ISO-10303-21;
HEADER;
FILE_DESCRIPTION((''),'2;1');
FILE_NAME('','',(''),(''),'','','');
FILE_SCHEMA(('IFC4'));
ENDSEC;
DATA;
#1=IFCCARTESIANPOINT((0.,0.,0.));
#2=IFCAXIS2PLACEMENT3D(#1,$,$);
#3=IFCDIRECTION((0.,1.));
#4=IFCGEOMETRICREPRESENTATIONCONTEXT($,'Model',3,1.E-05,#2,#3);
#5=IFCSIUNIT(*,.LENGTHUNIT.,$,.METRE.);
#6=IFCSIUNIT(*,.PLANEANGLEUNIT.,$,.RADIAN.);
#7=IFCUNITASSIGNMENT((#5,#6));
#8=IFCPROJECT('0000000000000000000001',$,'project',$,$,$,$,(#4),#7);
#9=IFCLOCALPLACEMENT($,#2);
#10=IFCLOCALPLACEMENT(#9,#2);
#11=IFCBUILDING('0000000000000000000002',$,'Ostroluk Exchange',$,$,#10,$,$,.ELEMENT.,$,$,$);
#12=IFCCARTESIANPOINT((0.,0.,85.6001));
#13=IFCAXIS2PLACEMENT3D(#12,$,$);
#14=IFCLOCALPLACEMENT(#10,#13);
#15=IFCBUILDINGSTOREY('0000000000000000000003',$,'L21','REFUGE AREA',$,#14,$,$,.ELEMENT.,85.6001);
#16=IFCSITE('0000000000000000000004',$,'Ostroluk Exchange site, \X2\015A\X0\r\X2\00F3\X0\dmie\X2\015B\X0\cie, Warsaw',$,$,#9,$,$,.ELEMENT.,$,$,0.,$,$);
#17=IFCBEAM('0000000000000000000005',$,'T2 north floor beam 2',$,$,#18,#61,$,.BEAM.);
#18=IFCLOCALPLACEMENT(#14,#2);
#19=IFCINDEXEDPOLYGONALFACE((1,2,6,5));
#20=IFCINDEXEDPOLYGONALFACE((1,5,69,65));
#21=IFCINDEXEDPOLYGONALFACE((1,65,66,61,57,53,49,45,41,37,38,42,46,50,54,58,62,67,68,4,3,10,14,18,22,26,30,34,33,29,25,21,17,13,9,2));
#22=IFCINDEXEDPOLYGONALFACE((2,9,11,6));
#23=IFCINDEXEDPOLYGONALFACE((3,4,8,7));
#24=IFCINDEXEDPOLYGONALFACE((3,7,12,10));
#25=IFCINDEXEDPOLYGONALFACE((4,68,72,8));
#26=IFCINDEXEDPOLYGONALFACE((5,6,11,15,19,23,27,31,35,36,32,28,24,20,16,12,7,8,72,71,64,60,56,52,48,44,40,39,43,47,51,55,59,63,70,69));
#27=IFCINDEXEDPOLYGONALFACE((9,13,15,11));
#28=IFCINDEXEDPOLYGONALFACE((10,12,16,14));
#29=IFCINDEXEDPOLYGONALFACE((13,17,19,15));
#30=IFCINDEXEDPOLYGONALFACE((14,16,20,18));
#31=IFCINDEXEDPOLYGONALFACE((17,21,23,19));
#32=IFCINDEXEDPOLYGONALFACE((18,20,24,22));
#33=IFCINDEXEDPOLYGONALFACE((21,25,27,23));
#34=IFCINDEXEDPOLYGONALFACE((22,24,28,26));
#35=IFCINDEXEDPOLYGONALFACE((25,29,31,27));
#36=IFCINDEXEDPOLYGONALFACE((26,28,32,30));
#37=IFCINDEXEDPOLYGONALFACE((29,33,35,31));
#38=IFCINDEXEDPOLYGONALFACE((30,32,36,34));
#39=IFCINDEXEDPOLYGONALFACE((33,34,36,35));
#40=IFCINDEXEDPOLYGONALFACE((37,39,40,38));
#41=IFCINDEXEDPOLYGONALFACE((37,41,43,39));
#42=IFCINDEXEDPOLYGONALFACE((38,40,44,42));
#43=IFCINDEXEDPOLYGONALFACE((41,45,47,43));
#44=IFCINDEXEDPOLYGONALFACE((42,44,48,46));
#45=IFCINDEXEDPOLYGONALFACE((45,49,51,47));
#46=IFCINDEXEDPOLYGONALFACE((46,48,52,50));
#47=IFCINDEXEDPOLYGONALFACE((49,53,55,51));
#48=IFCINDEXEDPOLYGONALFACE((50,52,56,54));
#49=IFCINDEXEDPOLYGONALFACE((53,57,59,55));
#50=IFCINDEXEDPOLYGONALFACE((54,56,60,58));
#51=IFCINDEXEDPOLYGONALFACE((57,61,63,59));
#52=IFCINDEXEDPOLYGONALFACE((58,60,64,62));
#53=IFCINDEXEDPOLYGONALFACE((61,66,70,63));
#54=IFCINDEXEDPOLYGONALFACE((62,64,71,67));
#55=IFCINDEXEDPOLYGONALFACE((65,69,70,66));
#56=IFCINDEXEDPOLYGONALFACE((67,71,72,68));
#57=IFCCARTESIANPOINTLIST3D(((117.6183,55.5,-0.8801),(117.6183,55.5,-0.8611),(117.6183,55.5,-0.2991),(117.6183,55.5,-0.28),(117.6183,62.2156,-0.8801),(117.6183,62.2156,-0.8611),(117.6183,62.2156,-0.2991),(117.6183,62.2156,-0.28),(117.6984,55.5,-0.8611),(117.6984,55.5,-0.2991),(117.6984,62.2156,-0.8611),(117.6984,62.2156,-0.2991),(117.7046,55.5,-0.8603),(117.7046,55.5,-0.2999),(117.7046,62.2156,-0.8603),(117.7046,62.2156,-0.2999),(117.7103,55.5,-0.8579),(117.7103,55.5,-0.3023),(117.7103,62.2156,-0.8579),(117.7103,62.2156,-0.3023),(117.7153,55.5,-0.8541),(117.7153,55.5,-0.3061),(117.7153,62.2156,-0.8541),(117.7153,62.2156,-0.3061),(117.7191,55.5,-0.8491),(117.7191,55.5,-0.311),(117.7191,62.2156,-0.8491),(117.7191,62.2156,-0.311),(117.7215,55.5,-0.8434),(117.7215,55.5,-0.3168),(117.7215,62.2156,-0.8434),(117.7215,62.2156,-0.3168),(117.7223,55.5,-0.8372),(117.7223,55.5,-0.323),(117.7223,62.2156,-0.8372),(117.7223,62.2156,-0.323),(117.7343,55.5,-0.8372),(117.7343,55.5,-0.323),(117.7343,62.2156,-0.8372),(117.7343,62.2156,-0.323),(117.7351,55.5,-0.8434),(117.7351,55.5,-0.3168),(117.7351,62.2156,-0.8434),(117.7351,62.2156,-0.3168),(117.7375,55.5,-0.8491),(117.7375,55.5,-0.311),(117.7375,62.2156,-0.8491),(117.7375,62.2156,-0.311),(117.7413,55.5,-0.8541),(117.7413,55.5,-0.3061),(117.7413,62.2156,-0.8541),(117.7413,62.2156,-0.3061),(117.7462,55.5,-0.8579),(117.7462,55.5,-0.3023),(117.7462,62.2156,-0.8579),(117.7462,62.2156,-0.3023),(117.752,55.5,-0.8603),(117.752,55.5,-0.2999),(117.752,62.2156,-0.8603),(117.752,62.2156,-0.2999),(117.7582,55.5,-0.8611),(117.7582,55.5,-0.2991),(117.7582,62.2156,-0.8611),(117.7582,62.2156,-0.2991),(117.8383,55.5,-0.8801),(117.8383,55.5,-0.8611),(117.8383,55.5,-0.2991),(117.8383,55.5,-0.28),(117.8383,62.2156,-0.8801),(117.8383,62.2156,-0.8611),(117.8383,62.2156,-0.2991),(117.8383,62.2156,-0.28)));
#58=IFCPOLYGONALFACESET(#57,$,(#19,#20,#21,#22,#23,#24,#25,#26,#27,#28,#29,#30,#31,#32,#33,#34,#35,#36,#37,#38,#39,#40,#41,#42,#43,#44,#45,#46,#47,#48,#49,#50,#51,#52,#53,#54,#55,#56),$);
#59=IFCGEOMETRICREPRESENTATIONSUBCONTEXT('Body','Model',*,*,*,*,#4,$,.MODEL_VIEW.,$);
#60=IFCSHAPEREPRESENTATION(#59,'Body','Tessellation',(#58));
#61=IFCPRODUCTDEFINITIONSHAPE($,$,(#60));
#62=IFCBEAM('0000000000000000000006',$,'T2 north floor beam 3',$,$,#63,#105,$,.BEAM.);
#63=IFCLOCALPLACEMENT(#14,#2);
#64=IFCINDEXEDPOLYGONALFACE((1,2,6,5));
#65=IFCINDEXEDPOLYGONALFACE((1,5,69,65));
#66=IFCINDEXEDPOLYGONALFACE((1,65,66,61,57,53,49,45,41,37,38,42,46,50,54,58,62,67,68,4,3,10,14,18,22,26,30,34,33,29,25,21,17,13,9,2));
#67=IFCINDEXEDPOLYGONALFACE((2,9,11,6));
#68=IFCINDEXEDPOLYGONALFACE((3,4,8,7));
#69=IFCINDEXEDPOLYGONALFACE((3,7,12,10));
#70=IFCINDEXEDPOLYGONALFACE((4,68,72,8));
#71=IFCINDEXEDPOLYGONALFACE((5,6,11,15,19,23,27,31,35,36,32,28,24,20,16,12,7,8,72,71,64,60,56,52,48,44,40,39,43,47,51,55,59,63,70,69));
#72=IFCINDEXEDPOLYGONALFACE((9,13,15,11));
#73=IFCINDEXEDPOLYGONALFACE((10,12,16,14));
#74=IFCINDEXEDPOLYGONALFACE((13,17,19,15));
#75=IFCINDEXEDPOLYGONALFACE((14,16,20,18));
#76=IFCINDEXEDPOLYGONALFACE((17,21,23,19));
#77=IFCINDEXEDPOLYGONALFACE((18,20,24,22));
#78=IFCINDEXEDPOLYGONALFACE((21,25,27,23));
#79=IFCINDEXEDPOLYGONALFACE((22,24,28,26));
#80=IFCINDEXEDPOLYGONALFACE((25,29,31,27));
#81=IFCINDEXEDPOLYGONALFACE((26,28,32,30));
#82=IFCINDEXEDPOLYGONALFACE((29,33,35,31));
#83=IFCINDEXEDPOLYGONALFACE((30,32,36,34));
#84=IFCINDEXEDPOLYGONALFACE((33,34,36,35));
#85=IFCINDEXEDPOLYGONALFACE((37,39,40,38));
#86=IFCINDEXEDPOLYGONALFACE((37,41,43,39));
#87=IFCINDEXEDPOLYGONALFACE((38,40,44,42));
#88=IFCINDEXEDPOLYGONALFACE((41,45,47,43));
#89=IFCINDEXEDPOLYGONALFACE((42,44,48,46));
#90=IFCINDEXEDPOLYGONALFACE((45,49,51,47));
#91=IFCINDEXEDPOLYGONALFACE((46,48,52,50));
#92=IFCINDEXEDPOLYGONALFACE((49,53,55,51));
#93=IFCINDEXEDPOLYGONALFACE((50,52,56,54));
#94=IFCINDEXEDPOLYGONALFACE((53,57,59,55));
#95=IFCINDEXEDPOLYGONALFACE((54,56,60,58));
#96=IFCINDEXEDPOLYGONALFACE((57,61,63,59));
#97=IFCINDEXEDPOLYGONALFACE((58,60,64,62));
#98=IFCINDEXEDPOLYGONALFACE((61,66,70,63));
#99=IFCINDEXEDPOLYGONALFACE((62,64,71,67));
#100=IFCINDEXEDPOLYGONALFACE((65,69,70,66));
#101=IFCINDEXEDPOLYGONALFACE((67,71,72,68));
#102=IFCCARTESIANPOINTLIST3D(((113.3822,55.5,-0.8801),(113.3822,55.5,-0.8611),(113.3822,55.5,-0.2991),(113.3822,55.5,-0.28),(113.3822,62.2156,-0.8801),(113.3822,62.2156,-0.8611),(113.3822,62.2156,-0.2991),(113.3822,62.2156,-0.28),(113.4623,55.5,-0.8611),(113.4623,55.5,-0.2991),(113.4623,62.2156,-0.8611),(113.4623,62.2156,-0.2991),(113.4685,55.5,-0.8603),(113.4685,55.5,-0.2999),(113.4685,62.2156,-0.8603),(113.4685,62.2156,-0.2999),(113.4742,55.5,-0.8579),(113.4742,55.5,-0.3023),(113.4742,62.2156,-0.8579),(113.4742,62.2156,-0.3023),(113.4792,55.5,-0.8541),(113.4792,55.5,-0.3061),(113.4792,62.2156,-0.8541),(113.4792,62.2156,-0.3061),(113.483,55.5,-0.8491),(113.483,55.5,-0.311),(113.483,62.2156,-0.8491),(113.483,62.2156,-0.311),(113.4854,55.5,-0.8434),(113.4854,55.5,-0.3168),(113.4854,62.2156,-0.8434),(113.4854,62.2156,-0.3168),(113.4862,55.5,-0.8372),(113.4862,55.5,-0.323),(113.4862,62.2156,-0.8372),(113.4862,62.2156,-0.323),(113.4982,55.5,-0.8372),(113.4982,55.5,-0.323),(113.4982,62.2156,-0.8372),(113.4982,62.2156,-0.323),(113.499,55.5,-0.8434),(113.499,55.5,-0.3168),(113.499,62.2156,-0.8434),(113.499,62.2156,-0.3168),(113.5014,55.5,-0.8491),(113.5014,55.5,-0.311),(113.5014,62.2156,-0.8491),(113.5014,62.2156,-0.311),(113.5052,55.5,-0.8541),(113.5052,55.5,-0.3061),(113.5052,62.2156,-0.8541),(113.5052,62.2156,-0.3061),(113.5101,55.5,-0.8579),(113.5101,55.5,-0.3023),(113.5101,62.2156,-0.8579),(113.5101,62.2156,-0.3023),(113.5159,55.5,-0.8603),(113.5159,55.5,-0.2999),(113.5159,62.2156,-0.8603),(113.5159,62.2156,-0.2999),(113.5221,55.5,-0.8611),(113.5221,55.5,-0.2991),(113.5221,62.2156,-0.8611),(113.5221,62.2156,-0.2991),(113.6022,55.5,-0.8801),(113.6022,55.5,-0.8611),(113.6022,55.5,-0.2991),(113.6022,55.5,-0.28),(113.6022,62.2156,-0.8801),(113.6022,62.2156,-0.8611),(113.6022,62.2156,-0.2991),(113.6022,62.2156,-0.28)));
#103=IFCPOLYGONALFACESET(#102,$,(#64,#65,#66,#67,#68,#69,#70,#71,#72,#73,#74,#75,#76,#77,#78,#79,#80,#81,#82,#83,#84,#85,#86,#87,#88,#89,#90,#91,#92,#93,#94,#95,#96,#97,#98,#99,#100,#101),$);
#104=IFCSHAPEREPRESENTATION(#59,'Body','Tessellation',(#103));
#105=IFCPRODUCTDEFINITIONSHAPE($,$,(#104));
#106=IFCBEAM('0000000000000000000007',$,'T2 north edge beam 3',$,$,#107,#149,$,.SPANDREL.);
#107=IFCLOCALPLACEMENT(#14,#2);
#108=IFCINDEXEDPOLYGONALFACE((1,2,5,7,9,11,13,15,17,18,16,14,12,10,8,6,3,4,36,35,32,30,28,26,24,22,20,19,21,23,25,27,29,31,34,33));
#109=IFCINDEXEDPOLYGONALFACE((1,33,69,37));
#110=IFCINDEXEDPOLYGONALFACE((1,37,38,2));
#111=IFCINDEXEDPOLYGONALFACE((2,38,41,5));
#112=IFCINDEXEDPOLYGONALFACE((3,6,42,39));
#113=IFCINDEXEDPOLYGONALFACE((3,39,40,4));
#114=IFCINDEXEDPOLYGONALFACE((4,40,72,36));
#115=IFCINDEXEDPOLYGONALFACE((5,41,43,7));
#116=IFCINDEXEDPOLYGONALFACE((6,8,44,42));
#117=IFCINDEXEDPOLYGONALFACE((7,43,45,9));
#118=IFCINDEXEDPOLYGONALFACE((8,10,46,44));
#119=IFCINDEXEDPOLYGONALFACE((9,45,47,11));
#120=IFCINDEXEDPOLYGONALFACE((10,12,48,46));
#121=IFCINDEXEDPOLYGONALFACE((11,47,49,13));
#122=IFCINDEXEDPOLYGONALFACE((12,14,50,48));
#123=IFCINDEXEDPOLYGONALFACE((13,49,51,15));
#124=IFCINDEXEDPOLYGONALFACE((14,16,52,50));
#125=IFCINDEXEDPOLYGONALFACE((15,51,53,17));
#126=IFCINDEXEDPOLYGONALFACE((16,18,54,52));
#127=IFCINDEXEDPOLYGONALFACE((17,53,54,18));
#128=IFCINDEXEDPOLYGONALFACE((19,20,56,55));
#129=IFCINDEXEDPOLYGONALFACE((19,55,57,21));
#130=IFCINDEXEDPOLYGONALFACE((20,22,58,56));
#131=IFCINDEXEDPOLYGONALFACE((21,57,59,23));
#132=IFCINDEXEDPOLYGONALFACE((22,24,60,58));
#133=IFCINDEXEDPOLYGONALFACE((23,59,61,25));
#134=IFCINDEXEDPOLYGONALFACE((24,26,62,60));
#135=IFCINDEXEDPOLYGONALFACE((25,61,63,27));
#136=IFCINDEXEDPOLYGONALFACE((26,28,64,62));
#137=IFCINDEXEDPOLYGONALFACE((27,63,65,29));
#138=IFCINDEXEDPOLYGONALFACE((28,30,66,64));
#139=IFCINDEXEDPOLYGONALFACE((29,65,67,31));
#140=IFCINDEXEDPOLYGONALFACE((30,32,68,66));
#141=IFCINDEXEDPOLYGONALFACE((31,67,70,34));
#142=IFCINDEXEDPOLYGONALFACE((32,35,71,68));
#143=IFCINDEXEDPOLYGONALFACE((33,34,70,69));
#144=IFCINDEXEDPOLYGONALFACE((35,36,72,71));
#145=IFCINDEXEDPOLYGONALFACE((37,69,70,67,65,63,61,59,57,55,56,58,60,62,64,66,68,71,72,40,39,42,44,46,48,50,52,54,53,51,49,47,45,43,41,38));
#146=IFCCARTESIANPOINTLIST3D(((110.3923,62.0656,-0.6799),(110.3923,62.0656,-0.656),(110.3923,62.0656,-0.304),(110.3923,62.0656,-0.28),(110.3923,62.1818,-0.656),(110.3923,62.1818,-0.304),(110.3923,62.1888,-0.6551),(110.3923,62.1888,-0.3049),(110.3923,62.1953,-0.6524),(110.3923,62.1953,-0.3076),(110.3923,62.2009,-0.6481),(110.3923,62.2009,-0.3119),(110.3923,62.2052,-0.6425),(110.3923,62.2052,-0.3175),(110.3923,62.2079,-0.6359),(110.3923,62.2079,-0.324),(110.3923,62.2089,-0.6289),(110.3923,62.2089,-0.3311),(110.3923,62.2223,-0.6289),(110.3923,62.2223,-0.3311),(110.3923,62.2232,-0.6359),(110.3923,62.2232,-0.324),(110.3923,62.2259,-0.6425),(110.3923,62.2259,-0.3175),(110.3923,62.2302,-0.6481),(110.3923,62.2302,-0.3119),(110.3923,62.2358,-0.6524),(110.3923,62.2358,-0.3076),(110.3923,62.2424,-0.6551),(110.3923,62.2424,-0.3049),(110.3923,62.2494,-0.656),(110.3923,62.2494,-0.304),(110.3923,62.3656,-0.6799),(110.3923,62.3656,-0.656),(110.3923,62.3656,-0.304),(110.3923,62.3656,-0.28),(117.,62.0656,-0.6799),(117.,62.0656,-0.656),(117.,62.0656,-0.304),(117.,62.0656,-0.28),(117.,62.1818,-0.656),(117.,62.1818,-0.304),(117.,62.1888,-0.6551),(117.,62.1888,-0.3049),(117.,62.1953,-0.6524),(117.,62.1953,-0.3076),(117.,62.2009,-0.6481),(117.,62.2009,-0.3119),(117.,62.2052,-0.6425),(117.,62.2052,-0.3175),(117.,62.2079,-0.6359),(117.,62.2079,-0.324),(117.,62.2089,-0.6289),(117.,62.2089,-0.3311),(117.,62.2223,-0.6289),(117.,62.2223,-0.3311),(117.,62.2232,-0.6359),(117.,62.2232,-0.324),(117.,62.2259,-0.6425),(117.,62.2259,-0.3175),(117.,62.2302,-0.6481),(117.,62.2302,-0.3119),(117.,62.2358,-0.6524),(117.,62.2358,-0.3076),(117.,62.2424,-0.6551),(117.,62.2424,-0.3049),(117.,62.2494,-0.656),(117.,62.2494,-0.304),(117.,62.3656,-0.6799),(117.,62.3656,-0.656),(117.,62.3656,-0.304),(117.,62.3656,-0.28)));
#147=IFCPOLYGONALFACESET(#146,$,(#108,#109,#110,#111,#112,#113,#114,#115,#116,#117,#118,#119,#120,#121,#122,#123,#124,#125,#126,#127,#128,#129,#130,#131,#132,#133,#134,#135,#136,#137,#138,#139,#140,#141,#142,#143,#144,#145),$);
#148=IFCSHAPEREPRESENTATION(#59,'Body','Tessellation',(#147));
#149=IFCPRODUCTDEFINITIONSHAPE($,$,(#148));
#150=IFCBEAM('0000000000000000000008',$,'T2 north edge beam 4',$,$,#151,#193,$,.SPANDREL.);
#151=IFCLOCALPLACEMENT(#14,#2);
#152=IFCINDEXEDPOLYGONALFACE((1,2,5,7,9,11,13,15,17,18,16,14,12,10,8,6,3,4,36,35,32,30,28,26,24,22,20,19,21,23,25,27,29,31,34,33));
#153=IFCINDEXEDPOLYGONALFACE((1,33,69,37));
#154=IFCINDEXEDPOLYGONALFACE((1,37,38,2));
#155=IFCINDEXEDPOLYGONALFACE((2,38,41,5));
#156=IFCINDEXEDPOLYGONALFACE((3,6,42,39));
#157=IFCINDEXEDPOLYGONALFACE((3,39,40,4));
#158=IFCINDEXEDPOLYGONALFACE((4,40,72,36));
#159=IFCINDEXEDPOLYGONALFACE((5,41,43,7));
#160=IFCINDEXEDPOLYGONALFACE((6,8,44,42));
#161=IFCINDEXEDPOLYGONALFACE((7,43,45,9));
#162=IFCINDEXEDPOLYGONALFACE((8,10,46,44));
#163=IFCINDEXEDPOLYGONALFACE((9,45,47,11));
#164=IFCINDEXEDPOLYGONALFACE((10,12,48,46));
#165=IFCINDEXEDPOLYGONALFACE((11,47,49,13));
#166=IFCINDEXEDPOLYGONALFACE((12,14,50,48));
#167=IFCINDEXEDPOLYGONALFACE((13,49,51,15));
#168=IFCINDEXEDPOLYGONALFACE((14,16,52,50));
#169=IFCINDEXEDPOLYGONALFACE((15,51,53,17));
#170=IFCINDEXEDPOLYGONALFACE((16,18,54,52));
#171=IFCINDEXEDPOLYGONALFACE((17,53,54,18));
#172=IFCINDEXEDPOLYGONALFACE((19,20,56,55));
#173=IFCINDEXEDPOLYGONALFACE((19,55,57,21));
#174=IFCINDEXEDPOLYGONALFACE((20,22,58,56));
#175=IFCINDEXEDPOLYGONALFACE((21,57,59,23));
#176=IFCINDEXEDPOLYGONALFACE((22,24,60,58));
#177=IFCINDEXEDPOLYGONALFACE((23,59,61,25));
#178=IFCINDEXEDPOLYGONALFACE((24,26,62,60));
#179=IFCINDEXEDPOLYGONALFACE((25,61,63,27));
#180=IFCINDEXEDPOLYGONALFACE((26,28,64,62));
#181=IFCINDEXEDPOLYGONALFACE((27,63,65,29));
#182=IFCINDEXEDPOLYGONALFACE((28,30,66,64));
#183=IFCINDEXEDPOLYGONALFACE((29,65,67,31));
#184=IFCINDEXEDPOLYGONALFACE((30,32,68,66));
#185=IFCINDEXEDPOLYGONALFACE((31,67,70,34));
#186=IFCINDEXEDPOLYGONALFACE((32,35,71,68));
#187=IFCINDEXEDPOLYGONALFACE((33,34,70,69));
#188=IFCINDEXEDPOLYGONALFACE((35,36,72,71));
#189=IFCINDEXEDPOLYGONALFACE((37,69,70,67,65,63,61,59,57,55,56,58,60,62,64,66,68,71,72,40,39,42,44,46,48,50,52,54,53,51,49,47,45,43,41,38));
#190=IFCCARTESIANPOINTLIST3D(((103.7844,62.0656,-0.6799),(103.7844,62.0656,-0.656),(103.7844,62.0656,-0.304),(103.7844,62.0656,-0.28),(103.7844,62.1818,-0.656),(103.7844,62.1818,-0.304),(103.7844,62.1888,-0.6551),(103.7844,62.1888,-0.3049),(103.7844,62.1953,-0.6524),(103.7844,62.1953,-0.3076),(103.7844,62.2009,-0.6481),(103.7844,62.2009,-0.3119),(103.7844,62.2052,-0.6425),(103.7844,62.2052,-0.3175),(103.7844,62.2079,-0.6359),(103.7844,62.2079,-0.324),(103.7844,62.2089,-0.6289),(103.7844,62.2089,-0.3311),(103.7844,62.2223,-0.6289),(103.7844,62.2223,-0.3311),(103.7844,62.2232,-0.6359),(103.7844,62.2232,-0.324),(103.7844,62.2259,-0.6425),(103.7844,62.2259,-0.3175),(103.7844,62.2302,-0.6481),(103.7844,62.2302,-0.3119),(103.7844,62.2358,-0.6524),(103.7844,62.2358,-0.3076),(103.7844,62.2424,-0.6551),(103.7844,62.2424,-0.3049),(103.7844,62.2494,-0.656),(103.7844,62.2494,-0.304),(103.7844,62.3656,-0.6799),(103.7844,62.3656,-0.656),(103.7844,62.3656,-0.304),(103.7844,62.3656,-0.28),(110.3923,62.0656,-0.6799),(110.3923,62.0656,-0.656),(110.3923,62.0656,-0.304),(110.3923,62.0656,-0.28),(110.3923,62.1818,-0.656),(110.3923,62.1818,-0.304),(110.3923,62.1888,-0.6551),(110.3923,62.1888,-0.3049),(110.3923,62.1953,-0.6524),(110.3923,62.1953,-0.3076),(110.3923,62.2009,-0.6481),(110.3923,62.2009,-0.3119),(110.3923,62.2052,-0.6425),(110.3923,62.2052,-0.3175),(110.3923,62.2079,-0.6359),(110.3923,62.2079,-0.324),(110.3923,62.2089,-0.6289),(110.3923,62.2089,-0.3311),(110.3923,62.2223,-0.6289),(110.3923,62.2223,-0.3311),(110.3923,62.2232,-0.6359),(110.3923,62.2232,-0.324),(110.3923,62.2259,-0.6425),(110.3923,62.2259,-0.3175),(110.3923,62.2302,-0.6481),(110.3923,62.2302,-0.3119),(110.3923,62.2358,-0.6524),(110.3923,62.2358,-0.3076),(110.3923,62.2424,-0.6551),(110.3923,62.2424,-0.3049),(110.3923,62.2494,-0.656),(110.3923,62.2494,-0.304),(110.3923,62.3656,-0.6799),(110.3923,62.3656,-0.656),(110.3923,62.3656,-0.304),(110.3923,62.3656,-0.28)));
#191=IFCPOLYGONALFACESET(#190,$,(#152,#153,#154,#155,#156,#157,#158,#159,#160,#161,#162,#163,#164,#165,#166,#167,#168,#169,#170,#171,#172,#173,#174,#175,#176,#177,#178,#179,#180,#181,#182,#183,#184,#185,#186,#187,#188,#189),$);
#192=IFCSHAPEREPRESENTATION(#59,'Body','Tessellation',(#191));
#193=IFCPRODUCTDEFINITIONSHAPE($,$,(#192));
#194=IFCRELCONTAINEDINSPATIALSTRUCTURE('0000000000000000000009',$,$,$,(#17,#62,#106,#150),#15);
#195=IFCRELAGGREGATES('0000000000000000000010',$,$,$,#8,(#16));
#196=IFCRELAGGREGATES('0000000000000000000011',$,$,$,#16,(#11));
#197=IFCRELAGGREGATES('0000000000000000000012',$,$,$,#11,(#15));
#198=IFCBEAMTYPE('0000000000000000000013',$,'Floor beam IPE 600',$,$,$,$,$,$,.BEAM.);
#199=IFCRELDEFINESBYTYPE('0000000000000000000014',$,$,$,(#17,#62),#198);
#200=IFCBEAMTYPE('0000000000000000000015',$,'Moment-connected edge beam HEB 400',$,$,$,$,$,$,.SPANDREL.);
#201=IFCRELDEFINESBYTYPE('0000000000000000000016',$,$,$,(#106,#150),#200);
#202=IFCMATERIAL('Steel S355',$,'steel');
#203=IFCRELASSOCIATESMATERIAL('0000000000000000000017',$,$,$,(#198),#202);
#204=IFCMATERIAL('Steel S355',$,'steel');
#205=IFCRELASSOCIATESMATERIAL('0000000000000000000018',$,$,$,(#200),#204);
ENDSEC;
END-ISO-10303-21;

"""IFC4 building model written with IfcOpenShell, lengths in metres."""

from ifc_helpers import new_model, si_unit, direction, frame, origin, origin_2d, place, context, subcontext, project, spatial, i_section, extrude, material, material_profile, profile_set, type_object, element, save


model = new_model("IFC4")

# Units and contexts
model_context = context("Model", 3, precision=1e-05, world=origin(), true_north=direction((0.0, 1.0)))
body_context = subcontext(model_context, "Body", "Model", "MODEL_VIEW")
ifc_project = project(units=[si_unit("LENGTHUNIT", "METRE"), si_unit("PLANEANGLEUNIT", "RADIAN")], contexts=[model_context])

# Site, building, storey
site_placement = place(None, origin())
site = spatial("IfcSite", under=ifc_project, at=site_placement, Name="Ostroluk Exchange site, Śródmieście, Warsaw", CompositionType="ELEMENT", RefElevation=0.0)
building_placement = place(site_placement, origin())
building = spatial("IfcBuilding", under=site, at=building_placement, Name="Ostroluk Exchange", CompositionType="ELEMENT")
storey_placement = place(building_placement, frame((0.0, 0.0, 85.6001)))
storey = spatial("IfcBuildingStorey", under=building, at=storey_placement, Name="L21", Description="REFUGE AREA", CompositionType="ELEMENT", Elevation=85.6001)

# Beams
ifc_material_1 = material(Name="Steel S355", Category="steel")
ifc_material_profile_1 = material_profile(ifc_material_1, i_section(OverallWidth=0.22, OverallDepth=0.6001, WebThickness=0.012, FlangeThickness=0.019, FilletRadius=0.0239, at=origin_2d()), Name="IPE 600")
ifc_profile_set_1 = profile_set([ifc_material_profile_1], Name="Steel S355")
beam_type_1 = type_object("IfcBeamType", Name="Floor beam IPE 600", PredefinedType="BEAM", material=ifc_profile_set_1)
for number, where, z_axis, x_axis, name in (
    (1, (117.7283, 55.5, -0.5801), (0.0, 1.0, 0.0), (-1.0, 0.0, 0.0), "T2 north floor beam 2"),
    (2, (113.4922, 55.5, -0.5801), (0.0, 1.0, 0.0), (-1.0, 0.0, 0.0), "T2 north floor beam 3"),
):
    element("IfcBeam", number, at=place(storey_placement, frame(where, z_axis=z_axis, x_axis=x_axis)), inside=storey, type_object=beam_type_1, Name=name, PredefinedType="BEAM", context=body_context, shape_type="SweptSolid", body=[
        extrude(i_section(OverallWidth=0.22, OverallDepth=0.6001, WebThickness=0.012, FlangeThickness=0.019, FilletRadius=0.0239, at=origin_2d()), origin(), (0.0, 0.0, 1.0), 6.7156),
    ])
ifc_material_2 = material(Name="Steel S355", Category="steel")
ifc_material_profile_2 = material_profile(ifc_material_2, i_section(OverallWidth=0.3, OverallDepth=0.3999, WebThickness=0.0134, FlangeThickness=0.0239, FilletRadius=0.0271, at=origin_2d()), Name="HEB 400")
ifc_profile_set_2 = profile_set([ifc_material_profile_2], Name="Steel S355")
beam_type_2 = type_object("IfcBeamType", Name="Moment-connected edge beam HEB 400", PredefinedType="SPANDREL", material=ifc_profile_set_2)
beam_1_placement = place(storey_placement, frame((117.0, 62.2156, -0.48), z_axis=(-1.0, 0.0, 0.0), x_axis=(0.0, -1.0, 0.0)))
element("IfcBeam", 3, at=beam_1_placement, inside=storey, type_object=beam_type_2, Name="T2 north edge beam 3", PredefinedType="SPANDREL", context=body_context, shape_type="SweptSolid", body=[
    extrude(i_section(OverallWidth=0.3, OverallDepth=0.3999, WebThickness=0.0134, FlangeThickness=0.0239, FilletRadius=0.0271, at=origin_2d()), origin(), (0.0, 0.0, 1.0), 6.6077),
])
beam_2_placement = place(storey_placement, frame((110.3923, 62.2156, -0.48), z_axis=(-1.0, 0.0, 0.0), x_axis=(0.0, -1.0, 0.0)))
element("IfcBeam", 4, at=beam_2_placement, inside=storey, type_object=beam_type_2, Name="T2 north edge beam 4", PredefinedType="SPANDREL", context=body_context, shape_type="SweptSolid", body=[
    extrude(i_section(OverallWidth=0.3, OverallDepth=0.3999, WebThickness=0.0134, FlangeThickness=0.0239, FilletRadius=0.0271, at=origin_2d()), origin(), (0.0, 0.0, 1.0), 6.6079),
])

save(model, "model.ifc")
